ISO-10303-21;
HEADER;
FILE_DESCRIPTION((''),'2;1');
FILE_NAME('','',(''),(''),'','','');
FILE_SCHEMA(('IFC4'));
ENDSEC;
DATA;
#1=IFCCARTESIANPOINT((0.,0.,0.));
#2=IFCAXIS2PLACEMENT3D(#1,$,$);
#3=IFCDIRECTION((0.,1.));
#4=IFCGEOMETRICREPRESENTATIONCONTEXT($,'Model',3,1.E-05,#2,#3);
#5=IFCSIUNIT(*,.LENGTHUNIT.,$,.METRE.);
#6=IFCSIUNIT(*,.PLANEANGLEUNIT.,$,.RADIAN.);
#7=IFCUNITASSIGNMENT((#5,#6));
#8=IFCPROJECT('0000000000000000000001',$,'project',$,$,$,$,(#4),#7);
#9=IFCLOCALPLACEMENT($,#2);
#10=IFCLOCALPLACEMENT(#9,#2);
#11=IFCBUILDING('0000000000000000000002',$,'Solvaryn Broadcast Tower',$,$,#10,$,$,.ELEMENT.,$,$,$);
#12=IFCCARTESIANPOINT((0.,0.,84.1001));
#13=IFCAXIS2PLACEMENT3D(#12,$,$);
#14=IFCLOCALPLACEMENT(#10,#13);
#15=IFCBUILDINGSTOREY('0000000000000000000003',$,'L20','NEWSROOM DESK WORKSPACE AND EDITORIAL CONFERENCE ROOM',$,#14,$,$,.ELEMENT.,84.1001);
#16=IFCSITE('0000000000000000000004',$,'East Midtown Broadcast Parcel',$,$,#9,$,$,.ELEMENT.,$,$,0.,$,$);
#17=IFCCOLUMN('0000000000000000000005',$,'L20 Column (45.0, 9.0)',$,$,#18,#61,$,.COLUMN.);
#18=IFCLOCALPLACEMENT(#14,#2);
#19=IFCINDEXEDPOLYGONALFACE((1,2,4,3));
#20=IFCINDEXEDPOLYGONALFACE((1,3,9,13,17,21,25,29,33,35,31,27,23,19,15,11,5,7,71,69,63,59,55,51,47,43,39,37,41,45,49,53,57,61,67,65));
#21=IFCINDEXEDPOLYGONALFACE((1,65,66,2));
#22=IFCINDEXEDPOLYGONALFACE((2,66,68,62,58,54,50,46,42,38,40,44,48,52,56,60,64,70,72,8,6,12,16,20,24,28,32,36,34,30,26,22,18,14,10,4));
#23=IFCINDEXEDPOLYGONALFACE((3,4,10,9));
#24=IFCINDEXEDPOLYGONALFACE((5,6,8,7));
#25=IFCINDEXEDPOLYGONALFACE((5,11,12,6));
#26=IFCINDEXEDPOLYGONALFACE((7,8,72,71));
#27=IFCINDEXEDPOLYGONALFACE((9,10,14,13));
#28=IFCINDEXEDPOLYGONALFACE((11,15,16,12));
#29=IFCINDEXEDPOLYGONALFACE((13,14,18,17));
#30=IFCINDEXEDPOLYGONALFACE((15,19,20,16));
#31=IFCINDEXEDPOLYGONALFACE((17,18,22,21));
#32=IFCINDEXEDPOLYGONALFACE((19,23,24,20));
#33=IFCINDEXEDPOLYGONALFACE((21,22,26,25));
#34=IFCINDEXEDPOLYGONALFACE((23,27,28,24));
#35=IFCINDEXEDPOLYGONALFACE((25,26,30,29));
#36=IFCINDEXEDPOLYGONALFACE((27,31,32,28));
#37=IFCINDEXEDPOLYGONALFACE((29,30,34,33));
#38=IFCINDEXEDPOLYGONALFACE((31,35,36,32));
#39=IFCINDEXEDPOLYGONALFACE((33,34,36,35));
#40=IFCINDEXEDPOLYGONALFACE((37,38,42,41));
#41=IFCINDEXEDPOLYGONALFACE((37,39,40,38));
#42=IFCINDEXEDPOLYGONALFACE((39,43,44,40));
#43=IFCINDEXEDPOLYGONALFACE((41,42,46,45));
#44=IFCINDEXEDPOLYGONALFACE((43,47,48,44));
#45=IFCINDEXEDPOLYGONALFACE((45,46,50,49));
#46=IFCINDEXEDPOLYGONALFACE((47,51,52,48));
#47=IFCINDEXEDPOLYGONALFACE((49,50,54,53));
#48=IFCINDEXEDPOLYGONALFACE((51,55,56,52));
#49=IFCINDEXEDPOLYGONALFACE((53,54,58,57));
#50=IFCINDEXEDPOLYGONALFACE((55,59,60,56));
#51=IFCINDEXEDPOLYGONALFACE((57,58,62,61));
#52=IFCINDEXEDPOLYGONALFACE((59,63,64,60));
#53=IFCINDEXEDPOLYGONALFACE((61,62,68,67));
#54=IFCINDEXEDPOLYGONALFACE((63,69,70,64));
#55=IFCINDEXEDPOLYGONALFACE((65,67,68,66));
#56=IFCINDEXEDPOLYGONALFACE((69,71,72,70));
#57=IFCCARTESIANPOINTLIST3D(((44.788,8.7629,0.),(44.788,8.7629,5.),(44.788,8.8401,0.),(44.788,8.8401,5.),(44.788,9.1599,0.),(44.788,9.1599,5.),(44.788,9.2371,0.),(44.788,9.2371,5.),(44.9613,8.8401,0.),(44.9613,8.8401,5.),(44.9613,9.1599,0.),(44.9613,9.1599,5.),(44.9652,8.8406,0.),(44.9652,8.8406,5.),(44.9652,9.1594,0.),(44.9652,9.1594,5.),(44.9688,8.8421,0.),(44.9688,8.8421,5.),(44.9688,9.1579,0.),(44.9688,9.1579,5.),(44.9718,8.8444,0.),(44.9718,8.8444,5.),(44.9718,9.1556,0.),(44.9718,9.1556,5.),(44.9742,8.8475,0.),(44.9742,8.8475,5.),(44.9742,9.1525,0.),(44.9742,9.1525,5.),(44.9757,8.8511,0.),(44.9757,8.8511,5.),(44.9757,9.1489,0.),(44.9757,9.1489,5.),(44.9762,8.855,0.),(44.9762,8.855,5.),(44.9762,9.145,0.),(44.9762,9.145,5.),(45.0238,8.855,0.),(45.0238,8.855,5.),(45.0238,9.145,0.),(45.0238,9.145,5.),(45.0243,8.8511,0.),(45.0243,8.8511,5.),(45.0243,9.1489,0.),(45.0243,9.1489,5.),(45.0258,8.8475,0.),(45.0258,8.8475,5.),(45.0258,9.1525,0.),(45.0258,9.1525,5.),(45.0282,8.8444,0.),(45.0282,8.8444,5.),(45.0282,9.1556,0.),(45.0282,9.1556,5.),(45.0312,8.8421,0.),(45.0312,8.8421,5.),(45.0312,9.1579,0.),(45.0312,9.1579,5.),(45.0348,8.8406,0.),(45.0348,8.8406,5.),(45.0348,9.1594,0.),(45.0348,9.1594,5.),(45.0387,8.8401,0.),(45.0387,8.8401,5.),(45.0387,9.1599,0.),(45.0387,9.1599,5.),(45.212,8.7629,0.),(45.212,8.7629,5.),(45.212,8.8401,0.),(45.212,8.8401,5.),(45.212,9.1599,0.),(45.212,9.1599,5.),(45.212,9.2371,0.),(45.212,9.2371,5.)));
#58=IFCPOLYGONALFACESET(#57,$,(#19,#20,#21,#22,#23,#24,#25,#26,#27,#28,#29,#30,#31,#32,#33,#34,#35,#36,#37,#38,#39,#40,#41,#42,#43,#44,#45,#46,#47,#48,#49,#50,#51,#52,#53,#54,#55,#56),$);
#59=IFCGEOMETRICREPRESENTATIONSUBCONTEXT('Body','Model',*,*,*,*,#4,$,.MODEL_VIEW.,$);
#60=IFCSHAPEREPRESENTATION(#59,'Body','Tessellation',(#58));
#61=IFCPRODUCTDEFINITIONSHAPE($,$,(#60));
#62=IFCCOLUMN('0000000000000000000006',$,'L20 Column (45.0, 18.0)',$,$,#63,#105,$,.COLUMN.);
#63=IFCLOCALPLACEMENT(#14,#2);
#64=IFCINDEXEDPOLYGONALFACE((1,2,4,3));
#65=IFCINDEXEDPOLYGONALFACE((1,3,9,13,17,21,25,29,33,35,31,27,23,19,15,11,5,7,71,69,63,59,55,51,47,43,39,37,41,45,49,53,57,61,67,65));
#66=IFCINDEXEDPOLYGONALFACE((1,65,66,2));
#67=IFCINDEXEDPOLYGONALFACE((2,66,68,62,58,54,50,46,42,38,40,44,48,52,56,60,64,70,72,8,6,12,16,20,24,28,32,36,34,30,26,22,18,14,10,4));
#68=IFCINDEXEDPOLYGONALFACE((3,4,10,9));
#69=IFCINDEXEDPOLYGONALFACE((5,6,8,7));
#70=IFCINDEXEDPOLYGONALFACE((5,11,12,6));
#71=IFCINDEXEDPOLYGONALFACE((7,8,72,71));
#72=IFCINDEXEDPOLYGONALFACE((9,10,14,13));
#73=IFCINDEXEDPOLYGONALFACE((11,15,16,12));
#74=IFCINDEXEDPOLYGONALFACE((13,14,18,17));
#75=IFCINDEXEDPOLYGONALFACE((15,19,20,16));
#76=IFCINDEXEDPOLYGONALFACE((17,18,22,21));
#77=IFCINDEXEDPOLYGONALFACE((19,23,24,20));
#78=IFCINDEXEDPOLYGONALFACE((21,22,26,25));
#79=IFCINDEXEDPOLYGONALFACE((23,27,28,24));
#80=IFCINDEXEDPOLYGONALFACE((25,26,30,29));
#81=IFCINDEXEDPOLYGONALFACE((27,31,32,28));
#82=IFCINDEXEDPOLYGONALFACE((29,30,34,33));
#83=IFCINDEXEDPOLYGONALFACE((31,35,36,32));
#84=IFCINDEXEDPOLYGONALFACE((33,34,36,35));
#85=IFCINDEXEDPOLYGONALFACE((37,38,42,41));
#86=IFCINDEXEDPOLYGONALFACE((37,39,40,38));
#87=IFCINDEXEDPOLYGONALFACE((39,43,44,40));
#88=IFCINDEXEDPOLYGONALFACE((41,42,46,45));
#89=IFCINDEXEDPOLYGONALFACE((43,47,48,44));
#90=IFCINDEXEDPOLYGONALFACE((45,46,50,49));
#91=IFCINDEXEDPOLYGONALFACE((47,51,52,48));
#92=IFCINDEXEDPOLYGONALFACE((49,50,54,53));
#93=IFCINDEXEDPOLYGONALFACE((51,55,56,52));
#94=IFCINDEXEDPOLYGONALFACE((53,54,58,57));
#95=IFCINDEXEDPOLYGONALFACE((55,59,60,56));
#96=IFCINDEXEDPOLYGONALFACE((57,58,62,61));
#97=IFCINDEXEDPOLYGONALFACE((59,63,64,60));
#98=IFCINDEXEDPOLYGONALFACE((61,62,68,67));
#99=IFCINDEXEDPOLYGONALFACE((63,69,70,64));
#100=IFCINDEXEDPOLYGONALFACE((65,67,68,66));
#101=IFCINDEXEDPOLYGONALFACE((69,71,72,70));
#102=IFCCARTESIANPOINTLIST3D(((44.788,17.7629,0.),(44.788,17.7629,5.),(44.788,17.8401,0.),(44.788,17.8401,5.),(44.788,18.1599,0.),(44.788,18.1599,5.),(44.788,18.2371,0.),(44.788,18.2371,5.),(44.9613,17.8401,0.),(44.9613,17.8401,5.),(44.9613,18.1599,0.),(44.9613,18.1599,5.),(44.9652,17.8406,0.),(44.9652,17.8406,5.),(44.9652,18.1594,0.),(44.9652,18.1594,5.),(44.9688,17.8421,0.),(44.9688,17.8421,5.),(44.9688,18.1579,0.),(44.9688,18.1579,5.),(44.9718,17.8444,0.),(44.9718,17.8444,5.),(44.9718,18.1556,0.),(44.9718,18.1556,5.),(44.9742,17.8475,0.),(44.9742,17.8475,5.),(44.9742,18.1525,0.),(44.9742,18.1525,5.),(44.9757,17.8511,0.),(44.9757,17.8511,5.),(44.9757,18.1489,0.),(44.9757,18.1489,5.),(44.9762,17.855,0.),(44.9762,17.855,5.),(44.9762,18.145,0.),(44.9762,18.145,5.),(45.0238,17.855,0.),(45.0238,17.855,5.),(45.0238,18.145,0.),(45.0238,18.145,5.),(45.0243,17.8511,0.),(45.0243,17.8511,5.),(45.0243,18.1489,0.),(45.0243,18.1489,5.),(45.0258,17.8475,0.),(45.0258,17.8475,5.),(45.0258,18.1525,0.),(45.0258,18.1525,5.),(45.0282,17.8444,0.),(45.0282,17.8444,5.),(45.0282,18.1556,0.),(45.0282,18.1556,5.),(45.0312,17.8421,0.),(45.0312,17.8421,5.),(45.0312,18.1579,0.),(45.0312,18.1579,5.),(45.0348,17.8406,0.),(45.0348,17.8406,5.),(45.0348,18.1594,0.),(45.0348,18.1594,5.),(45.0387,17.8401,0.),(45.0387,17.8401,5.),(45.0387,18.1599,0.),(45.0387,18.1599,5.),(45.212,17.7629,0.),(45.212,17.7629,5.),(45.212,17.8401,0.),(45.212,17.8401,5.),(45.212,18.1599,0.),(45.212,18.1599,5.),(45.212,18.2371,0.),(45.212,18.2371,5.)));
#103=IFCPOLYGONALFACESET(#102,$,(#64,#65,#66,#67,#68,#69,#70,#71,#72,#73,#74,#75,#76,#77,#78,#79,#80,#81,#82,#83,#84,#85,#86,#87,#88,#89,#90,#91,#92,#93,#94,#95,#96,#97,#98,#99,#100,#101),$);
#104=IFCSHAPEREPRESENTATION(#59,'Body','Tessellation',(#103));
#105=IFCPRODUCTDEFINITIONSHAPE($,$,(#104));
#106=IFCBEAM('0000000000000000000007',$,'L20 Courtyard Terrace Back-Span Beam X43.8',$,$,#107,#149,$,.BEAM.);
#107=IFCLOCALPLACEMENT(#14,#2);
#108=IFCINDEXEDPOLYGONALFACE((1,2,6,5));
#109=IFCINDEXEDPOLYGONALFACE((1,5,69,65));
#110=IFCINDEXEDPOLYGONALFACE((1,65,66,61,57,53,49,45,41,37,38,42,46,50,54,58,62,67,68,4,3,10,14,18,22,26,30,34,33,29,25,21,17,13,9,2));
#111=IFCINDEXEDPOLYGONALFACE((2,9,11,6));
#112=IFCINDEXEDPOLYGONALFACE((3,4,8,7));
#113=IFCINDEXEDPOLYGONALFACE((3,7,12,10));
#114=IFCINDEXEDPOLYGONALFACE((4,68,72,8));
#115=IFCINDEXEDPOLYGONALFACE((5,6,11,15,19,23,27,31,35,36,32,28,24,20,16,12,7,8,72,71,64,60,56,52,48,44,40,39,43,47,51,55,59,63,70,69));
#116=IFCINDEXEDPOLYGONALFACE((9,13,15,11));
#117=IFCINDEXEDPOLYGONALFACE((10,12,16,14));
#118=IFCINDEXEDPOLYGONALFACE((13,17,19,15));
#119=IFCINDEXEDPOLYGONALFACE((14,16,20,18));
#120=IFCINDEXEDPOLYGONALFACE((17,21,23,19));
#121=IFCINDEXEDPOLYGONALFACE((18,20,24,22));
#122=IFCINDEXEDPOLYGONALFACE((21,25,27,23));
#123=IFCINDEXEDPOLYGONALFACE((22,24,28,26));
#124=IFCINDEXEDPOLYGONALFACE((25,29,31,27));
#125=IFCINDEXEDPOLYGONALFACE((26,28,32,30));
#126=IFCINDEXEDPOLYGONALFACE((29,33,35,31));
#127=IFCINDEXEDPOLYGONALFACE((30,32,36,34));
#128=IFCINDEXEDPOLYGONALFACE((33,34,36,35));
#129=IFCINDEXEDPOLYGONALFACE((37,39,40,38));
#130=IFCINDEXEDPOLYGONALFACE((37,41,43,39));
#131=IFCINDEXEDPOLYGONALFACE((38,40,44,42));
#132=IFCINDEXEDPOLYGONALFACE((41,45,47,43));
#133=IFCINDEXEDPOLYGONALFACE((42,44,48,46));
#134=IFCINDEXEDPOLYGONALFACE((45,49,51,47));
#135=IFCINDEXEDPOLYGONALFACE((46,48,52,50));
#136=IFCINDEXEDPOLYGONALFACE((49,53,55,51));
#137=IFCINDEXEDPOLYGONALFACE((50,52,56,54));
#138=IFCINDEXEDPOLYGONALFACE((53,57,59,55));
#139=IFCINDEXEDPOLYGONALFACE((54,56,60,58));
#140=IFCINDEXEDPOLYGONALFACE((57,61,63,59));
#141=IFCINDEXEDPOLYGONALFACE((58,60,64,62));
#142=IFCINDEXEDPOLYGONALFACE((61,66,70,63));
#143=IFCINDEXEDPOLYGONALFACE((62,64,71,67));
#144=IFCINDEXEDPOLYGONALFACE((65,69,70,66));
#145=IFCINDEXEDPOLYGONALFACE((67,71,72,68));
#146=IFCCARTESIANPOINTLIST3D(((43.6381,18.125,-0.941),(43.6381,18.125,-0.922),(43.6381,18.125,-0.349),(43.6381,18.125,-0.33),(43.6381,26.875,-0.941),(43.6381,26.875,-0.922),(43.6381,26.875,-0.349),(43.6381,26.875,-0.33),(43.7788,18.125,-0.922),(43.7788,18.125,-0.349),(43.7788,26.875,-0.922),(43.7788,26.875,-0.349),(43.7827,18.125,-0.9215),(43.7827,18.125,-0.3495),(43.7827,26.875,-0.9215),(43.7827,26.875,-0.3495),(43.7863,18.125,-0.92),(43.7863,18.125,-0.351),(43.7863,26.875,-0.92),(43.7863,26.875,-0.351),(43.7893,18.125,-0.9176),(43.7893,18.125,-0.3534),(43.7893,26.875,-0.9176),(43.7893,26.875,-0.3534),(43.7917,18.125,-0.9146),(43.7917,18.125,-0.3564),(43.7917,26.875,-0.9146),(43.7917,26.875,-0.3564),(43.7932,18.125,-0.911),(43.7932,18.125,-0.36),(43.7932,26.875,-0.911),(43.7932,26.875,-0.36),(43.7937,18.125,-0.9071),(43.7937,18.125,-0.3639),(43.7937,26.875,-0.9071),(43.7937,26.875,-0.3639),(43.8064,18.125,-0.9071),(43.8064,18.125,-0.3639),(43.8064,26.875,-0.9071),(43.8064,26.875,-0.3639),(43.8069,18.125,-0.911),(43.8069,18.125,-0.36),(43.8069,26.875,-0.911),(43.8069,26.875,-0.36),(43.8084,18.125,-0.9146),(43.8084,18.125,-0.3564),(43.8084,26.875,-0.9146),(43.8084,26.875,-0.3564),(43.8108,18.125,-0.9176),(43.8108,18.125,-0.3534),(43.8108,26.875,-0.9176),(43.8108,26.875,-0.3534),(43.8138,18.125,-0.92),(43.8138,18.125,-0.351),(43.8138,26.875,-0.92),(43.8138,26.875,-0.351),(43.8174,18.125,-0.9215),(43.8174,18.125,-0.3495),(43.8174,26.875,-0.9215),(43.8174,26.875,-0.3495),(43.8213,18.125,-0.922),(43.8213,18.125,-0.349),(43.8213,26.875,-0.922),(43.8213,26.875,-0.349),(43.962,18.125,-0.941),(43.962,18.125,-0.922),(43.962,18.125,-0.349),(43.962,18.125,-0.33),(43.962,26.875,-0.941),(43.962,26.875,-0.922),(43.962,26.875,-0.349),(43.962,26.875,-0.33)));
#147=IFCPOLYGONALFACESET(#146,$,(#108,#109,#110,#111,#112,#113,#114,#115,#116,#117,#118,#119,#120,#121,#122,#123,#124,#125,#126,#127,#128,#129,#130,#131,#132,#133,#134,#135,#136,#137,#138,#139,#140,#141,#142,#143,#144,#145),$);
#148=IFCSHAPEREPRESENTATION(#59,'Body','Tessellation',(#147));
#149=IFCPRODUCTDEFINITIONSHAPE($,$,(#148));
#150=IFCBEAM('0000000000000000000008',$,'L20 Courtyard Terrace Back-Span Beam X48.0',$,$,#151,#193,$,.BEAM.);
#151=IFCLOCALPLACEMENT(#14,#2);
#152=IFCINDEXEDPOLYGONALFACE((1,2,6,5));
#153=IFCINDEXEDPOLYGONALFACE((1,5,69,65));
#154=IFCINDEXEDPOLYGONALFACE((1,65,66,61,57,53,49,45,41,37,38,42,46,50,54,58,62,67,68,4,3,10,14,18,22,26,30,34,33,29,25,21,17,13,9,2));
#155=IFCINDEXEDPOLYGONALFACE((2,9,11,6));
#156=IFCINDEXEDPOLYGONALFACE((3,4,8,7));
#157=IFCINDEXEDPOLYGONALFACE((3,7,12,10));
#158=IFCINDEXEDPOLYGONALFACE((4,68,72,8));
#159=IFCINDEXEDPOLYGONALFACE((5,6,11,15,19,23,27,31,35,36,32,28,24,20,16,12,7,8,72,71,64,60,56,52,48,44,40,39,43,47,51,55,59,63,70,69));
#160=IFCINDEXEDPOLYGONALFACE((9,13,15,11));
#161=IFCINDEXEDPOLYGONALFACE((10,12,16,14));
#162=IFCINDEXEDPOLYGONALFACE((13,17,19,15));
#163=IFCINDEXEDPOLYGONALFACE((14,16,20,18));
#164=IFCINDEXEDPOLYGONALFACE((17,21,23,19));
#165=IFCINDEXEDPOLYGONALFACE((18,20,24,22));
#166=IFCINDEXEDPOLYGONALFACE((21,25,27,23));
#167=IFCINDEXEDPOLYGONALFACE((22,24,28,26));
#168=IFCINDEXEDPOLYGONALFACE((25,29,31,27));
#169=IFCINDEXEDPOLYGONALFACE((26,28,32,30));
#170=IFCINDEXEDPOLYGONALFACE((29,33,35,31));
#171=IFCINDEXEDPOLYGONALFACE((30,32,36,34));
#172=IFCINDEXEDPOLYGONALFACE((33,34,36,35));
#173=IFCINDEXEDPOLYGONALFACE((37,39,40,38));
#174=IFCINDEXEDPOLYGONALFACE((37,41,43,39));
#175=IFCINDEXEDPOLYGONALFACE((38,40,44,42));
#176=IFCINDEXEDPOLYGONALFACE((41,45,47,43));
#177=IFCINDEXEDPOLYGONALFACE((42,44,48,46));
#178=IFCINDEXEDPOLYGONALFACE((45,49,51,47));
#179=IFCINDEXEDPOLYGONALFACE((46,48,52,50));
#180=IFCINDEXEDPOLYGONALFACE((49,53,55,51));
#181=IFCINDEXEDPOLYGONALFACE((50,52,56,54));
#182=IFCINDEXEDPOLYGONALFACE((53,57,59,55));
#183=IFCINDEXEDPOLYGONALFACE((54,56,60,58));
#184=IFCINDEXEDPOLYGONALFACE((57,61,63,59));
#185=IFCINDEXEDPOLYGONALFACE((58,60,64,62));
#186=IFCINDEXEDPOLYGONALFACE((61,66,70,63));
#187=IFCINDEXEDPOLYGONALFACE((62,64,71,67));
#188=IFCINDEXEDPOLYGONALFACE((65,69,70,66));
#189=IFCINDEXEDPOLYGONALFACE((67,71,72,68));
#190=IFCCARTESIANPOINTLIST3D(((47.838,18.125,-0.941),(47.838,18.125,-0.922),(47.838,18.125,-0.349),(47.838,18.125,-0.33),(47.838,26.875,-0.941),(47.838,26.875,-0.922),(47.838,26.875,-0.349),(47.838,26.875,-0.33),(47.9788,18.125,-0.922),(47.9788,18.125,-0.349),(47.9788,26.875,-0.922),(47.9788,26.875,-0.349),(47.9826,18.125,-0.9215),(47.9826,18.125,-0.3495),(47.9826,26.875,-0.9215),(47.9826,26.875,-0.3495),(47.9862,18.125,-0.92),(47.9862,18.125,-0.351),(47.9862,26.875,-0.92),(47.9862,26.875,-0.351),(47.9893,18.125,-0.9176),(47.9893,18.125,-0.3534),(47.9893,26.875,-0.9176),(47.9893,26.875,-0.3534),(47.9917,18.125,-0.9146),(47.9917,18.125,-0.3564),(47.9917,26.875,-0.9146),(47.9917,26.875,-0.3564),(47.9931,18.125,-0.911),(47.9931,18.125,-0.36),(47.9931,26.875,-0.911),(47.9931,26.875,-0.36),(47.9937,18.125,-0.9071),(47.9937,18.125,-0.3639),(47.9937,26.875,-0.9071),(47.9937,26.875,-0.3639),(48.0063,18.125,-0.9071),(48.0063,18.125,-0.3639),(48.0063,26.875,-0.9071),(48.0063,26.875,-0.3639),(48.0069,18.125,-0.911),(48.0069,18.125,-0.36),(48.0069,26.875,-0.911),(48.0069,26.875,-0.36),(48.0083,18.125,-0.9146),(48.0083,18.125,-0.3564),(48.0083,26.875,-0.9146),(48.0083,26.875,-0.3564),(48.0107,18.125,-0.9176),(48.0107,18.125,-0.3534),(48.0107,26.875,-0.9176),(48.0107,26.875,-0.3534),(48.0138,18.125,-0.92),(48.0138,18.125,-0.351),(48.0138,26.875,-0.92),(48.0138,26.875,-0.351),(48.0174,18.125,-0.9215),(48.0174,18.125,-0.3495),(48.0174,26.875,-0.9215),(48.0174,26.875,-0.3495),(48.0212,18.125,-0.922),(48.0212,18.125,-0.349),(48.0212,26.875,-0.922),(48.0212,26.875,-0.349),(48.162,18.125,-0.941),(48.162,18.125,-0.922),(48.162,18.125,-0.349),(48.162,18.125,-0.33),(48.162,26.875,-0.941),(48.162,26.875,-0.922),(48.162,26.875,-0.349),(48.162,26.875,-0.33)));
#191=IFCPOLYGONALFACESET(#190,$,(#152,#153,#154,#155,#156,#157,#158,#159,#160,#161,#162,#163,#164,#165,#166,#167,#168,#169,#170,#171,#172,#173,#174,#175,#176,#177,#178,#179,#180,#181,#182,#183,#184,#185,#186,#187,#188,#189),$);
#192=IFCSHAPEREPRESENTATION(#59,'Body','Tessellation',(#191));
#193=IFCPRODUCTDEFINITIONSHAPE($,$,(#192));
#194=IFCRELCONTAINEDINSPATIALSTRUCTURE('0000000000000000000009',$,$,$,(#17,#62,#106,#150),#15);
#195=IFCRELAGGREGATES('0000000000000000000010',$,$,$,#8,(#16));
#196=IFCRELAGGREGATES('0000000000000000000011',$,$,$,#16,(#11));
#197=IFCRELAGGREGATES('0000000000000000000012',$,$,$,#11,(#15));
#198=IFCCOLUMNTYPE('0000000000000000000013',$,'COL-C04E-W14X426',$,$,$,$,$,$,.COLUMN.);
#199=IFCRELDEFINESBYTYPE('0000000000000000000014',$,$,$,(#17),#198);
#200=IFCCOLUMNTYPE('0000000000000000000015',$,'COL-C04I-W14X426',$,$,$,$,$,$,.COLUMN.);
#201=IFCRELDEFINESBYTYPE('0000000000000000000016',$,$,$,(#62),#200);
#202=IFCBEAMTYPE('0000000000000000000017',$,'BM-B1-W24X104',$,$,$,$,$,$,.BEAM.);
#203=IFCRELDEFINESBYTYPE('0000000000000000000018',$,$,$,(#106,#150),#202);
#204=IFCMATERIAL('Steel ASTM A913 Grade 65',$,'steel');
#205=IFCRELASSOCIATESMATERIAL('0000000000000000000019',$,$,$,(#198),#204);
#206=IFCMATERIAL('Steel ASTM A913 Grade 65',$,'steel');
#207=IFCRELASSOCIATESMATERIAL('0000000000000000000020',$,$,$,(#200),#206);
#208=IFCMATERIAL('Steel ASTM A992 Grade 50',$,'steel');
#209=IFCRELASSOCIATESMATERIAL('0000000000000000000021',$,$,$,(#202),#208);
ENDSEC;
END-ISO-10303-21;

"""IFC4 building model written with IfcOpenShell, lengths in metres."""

from ifc_helpers import new_model, si_unit, direction, frame, origin, origin_2d, place, context, subcontext, project, spatial, i_section, extrude, material, material_profile, profile_set, type_object, element, save


model = new_model("IFC4")

# Units and contexts
model_context = context("Model", 3, precision=1e-05, world=origin(), true_north=direction((0.0, 1.0)))
body_context = subcontext(model_context, "Body", "Model", "MODEL_VIEW")
ifc_project = project(units=[si_unit("LENGTHUNIT", "METRE"), si_unit("PLANEANGLEUNIT", "RADIAN")], contexts=[model_context])

# Site, building, storey
site_placement = place(None, origin())
site = spatial("IfcSite", under=ifc_project, at=site_placement, Name="East Midtown Broadcast Parcel", CompositionType="ELEMENT", RefElevation=0.0)
building_placement = place(site_placement, origin())
building = spatial("IfcBuilding", under=site, at=building_placement, Name="Solvaryn Broadcast Tower", CompositionType="ELEMENT")
storey_placement = place(building_placement, frame((0.0, 0.0, 84.1001)))
storey = spatial("IfcBuildingStorey", under=building, at=storey_placement, Name="L20", Description="NEWSROOM DESK WORKSPACE AND EDITORIAL CONFERENCE ROOM", CompositionType="ELEMENT", Elevation=84.1001)

# Columns
ifc_material_1 = material(Name="Steel ASTM A913 Grade 65", Category="steel")
ifc_material_profile_1 = material_profile(ifc_material_1, i_section(OverallWidth=0.4241, OverallDepth=0.4741, WebThickness=0.0476, FlangeThickness=0.0771, FilletRadius=0.0149, at=origin_2d()))
ifc_profile_set_1 = profile_set([ifc_material_profile_1], Name="Steel ASTM A913 Grade 65")
column_type_1 = type_object("IfcColumnType", Name="COL-C04E-W14X426", PredefinedType="COLUMN", material=ifc_profile_set_1)
column_1_placement = place(storey_placement, frame((45.0, 9.0, 0.0), z_axis=(0.0, 0.0, 1.0), x_axis=(1.0, 0.0, 0.0)))
element("IfcColumn", 1, at=column_1_placement, inside=storey, type_object=column_type_1, Name="L20 Column (45.0, 9.0)", PredefinedType="COLUMN", context=body_context, shape_type="SweptSolid", body=[
    extrude(i_section(OverallWidth=0.4241, OverallDepth=0.4741, WebThickness=0.0476, FlangeThickness=0.0771, FilletRadius=0.0149, at=origin_2d()), origin(), (0.0, 0.0, 1.0), 5.0),
])
ifc_material_2 = material(Name="Steel ASTM A913 Grade 65", Category="steel")
ifc_material_profile_2 = material_profile(ifc_material_2, i_section(OverallWidth=0.4241, OverallDepth=0.4741, WebThickness=0.0476, FlangeThickness=0.0771, FilletRadius=0.0149, at=origin_2d()))
ifc_profile_set_2 = profile_set([ifc_material_profile_2], Name="Steel ASTM A913 Grade 65")
column_type_2 = type_object("IfcColumnType", Name="COL-C04I-W14X426", PredefinedType="COLUMN", material=ifc_profile_set_2)
column_2_placement = place(storey_placement, frame((45.0, 18.0, 0.0), z_axis=(0.0, 0.0, 1.0), x_axis=(1.0, 0.0, 0.0)))
element("IfcColumn", 2, at=column_2_placement, inside=storey, type_object=column_type_2, Name="L20 Column (45.0, 18.0)", PredefinedType="COLUMN", context=body_context, shape_type="SweptSolid", body=[
    extrude(i_section(OverallWidth=0.4241, OverallDepth=0.4741, WebThickness=0.0476, FlangeThickness=0.0771, FilletRadius=0.0149, at=origin_2d()), origin(), (0.0, 0.0, 1.0), 5.0),
])

# Beams
ifc_material_3 = material(Name="Steel ASTM A992 Grade 50", Category="steel")
ifc_material_profile_3 = material_profile(ifc_material_3, i_section(OverallWidth=0.324, OverallDepth=0.6111, WebThickness=0.0127, FlangeThickness=0.019, FilletRadius=0.0149, at=origin_2d()))
ifc_profile_set_3 = profile_set([ifc_material_profile_3], Name="Steel ASTM A992 Grade 50")
beam_type_1 = type_object("IfcBeamType", Name="BM-B1-W24X104", PredefinedType="BEAM", material=ifc_profile_set_3)
for number, where, z_axis, x_axis, name in (
    (3, (43.8, 18.125, -0.6355), (0.0, 1.0, 0.0), (-1.0, 0.0, 0.0), "L20 Courtyard Terrace Back-Span Beam X43.8"),
    (4, (48.0, 18.125, -0.6355), (0.0, 1.0, 0.0), (-1.0, 0.0, 0.0), "L20 Courtyard Terrace Back-Span Beam X48.0"),
):
    element("IfcBeam", number, at=place(storey_placement, frame(where, z_axis=z_axis, x_axis=x_axis)), inside=storey, type_object=beam_type_1, Name=name, PredefinedType="BEAM", context=body_context, shape_type="SweptSolid", body=[
        extrude(i_section(OverallWidth=0.324, OverallDepth=0.6111, WebThickness=0.0127, FlangeThickness=0.019, FilletRadius=0.0149, at=origin_2d()), origin(), (0.0, 0.0, 1.0), 8.75),
    ])

save(model, "model.ifc")
